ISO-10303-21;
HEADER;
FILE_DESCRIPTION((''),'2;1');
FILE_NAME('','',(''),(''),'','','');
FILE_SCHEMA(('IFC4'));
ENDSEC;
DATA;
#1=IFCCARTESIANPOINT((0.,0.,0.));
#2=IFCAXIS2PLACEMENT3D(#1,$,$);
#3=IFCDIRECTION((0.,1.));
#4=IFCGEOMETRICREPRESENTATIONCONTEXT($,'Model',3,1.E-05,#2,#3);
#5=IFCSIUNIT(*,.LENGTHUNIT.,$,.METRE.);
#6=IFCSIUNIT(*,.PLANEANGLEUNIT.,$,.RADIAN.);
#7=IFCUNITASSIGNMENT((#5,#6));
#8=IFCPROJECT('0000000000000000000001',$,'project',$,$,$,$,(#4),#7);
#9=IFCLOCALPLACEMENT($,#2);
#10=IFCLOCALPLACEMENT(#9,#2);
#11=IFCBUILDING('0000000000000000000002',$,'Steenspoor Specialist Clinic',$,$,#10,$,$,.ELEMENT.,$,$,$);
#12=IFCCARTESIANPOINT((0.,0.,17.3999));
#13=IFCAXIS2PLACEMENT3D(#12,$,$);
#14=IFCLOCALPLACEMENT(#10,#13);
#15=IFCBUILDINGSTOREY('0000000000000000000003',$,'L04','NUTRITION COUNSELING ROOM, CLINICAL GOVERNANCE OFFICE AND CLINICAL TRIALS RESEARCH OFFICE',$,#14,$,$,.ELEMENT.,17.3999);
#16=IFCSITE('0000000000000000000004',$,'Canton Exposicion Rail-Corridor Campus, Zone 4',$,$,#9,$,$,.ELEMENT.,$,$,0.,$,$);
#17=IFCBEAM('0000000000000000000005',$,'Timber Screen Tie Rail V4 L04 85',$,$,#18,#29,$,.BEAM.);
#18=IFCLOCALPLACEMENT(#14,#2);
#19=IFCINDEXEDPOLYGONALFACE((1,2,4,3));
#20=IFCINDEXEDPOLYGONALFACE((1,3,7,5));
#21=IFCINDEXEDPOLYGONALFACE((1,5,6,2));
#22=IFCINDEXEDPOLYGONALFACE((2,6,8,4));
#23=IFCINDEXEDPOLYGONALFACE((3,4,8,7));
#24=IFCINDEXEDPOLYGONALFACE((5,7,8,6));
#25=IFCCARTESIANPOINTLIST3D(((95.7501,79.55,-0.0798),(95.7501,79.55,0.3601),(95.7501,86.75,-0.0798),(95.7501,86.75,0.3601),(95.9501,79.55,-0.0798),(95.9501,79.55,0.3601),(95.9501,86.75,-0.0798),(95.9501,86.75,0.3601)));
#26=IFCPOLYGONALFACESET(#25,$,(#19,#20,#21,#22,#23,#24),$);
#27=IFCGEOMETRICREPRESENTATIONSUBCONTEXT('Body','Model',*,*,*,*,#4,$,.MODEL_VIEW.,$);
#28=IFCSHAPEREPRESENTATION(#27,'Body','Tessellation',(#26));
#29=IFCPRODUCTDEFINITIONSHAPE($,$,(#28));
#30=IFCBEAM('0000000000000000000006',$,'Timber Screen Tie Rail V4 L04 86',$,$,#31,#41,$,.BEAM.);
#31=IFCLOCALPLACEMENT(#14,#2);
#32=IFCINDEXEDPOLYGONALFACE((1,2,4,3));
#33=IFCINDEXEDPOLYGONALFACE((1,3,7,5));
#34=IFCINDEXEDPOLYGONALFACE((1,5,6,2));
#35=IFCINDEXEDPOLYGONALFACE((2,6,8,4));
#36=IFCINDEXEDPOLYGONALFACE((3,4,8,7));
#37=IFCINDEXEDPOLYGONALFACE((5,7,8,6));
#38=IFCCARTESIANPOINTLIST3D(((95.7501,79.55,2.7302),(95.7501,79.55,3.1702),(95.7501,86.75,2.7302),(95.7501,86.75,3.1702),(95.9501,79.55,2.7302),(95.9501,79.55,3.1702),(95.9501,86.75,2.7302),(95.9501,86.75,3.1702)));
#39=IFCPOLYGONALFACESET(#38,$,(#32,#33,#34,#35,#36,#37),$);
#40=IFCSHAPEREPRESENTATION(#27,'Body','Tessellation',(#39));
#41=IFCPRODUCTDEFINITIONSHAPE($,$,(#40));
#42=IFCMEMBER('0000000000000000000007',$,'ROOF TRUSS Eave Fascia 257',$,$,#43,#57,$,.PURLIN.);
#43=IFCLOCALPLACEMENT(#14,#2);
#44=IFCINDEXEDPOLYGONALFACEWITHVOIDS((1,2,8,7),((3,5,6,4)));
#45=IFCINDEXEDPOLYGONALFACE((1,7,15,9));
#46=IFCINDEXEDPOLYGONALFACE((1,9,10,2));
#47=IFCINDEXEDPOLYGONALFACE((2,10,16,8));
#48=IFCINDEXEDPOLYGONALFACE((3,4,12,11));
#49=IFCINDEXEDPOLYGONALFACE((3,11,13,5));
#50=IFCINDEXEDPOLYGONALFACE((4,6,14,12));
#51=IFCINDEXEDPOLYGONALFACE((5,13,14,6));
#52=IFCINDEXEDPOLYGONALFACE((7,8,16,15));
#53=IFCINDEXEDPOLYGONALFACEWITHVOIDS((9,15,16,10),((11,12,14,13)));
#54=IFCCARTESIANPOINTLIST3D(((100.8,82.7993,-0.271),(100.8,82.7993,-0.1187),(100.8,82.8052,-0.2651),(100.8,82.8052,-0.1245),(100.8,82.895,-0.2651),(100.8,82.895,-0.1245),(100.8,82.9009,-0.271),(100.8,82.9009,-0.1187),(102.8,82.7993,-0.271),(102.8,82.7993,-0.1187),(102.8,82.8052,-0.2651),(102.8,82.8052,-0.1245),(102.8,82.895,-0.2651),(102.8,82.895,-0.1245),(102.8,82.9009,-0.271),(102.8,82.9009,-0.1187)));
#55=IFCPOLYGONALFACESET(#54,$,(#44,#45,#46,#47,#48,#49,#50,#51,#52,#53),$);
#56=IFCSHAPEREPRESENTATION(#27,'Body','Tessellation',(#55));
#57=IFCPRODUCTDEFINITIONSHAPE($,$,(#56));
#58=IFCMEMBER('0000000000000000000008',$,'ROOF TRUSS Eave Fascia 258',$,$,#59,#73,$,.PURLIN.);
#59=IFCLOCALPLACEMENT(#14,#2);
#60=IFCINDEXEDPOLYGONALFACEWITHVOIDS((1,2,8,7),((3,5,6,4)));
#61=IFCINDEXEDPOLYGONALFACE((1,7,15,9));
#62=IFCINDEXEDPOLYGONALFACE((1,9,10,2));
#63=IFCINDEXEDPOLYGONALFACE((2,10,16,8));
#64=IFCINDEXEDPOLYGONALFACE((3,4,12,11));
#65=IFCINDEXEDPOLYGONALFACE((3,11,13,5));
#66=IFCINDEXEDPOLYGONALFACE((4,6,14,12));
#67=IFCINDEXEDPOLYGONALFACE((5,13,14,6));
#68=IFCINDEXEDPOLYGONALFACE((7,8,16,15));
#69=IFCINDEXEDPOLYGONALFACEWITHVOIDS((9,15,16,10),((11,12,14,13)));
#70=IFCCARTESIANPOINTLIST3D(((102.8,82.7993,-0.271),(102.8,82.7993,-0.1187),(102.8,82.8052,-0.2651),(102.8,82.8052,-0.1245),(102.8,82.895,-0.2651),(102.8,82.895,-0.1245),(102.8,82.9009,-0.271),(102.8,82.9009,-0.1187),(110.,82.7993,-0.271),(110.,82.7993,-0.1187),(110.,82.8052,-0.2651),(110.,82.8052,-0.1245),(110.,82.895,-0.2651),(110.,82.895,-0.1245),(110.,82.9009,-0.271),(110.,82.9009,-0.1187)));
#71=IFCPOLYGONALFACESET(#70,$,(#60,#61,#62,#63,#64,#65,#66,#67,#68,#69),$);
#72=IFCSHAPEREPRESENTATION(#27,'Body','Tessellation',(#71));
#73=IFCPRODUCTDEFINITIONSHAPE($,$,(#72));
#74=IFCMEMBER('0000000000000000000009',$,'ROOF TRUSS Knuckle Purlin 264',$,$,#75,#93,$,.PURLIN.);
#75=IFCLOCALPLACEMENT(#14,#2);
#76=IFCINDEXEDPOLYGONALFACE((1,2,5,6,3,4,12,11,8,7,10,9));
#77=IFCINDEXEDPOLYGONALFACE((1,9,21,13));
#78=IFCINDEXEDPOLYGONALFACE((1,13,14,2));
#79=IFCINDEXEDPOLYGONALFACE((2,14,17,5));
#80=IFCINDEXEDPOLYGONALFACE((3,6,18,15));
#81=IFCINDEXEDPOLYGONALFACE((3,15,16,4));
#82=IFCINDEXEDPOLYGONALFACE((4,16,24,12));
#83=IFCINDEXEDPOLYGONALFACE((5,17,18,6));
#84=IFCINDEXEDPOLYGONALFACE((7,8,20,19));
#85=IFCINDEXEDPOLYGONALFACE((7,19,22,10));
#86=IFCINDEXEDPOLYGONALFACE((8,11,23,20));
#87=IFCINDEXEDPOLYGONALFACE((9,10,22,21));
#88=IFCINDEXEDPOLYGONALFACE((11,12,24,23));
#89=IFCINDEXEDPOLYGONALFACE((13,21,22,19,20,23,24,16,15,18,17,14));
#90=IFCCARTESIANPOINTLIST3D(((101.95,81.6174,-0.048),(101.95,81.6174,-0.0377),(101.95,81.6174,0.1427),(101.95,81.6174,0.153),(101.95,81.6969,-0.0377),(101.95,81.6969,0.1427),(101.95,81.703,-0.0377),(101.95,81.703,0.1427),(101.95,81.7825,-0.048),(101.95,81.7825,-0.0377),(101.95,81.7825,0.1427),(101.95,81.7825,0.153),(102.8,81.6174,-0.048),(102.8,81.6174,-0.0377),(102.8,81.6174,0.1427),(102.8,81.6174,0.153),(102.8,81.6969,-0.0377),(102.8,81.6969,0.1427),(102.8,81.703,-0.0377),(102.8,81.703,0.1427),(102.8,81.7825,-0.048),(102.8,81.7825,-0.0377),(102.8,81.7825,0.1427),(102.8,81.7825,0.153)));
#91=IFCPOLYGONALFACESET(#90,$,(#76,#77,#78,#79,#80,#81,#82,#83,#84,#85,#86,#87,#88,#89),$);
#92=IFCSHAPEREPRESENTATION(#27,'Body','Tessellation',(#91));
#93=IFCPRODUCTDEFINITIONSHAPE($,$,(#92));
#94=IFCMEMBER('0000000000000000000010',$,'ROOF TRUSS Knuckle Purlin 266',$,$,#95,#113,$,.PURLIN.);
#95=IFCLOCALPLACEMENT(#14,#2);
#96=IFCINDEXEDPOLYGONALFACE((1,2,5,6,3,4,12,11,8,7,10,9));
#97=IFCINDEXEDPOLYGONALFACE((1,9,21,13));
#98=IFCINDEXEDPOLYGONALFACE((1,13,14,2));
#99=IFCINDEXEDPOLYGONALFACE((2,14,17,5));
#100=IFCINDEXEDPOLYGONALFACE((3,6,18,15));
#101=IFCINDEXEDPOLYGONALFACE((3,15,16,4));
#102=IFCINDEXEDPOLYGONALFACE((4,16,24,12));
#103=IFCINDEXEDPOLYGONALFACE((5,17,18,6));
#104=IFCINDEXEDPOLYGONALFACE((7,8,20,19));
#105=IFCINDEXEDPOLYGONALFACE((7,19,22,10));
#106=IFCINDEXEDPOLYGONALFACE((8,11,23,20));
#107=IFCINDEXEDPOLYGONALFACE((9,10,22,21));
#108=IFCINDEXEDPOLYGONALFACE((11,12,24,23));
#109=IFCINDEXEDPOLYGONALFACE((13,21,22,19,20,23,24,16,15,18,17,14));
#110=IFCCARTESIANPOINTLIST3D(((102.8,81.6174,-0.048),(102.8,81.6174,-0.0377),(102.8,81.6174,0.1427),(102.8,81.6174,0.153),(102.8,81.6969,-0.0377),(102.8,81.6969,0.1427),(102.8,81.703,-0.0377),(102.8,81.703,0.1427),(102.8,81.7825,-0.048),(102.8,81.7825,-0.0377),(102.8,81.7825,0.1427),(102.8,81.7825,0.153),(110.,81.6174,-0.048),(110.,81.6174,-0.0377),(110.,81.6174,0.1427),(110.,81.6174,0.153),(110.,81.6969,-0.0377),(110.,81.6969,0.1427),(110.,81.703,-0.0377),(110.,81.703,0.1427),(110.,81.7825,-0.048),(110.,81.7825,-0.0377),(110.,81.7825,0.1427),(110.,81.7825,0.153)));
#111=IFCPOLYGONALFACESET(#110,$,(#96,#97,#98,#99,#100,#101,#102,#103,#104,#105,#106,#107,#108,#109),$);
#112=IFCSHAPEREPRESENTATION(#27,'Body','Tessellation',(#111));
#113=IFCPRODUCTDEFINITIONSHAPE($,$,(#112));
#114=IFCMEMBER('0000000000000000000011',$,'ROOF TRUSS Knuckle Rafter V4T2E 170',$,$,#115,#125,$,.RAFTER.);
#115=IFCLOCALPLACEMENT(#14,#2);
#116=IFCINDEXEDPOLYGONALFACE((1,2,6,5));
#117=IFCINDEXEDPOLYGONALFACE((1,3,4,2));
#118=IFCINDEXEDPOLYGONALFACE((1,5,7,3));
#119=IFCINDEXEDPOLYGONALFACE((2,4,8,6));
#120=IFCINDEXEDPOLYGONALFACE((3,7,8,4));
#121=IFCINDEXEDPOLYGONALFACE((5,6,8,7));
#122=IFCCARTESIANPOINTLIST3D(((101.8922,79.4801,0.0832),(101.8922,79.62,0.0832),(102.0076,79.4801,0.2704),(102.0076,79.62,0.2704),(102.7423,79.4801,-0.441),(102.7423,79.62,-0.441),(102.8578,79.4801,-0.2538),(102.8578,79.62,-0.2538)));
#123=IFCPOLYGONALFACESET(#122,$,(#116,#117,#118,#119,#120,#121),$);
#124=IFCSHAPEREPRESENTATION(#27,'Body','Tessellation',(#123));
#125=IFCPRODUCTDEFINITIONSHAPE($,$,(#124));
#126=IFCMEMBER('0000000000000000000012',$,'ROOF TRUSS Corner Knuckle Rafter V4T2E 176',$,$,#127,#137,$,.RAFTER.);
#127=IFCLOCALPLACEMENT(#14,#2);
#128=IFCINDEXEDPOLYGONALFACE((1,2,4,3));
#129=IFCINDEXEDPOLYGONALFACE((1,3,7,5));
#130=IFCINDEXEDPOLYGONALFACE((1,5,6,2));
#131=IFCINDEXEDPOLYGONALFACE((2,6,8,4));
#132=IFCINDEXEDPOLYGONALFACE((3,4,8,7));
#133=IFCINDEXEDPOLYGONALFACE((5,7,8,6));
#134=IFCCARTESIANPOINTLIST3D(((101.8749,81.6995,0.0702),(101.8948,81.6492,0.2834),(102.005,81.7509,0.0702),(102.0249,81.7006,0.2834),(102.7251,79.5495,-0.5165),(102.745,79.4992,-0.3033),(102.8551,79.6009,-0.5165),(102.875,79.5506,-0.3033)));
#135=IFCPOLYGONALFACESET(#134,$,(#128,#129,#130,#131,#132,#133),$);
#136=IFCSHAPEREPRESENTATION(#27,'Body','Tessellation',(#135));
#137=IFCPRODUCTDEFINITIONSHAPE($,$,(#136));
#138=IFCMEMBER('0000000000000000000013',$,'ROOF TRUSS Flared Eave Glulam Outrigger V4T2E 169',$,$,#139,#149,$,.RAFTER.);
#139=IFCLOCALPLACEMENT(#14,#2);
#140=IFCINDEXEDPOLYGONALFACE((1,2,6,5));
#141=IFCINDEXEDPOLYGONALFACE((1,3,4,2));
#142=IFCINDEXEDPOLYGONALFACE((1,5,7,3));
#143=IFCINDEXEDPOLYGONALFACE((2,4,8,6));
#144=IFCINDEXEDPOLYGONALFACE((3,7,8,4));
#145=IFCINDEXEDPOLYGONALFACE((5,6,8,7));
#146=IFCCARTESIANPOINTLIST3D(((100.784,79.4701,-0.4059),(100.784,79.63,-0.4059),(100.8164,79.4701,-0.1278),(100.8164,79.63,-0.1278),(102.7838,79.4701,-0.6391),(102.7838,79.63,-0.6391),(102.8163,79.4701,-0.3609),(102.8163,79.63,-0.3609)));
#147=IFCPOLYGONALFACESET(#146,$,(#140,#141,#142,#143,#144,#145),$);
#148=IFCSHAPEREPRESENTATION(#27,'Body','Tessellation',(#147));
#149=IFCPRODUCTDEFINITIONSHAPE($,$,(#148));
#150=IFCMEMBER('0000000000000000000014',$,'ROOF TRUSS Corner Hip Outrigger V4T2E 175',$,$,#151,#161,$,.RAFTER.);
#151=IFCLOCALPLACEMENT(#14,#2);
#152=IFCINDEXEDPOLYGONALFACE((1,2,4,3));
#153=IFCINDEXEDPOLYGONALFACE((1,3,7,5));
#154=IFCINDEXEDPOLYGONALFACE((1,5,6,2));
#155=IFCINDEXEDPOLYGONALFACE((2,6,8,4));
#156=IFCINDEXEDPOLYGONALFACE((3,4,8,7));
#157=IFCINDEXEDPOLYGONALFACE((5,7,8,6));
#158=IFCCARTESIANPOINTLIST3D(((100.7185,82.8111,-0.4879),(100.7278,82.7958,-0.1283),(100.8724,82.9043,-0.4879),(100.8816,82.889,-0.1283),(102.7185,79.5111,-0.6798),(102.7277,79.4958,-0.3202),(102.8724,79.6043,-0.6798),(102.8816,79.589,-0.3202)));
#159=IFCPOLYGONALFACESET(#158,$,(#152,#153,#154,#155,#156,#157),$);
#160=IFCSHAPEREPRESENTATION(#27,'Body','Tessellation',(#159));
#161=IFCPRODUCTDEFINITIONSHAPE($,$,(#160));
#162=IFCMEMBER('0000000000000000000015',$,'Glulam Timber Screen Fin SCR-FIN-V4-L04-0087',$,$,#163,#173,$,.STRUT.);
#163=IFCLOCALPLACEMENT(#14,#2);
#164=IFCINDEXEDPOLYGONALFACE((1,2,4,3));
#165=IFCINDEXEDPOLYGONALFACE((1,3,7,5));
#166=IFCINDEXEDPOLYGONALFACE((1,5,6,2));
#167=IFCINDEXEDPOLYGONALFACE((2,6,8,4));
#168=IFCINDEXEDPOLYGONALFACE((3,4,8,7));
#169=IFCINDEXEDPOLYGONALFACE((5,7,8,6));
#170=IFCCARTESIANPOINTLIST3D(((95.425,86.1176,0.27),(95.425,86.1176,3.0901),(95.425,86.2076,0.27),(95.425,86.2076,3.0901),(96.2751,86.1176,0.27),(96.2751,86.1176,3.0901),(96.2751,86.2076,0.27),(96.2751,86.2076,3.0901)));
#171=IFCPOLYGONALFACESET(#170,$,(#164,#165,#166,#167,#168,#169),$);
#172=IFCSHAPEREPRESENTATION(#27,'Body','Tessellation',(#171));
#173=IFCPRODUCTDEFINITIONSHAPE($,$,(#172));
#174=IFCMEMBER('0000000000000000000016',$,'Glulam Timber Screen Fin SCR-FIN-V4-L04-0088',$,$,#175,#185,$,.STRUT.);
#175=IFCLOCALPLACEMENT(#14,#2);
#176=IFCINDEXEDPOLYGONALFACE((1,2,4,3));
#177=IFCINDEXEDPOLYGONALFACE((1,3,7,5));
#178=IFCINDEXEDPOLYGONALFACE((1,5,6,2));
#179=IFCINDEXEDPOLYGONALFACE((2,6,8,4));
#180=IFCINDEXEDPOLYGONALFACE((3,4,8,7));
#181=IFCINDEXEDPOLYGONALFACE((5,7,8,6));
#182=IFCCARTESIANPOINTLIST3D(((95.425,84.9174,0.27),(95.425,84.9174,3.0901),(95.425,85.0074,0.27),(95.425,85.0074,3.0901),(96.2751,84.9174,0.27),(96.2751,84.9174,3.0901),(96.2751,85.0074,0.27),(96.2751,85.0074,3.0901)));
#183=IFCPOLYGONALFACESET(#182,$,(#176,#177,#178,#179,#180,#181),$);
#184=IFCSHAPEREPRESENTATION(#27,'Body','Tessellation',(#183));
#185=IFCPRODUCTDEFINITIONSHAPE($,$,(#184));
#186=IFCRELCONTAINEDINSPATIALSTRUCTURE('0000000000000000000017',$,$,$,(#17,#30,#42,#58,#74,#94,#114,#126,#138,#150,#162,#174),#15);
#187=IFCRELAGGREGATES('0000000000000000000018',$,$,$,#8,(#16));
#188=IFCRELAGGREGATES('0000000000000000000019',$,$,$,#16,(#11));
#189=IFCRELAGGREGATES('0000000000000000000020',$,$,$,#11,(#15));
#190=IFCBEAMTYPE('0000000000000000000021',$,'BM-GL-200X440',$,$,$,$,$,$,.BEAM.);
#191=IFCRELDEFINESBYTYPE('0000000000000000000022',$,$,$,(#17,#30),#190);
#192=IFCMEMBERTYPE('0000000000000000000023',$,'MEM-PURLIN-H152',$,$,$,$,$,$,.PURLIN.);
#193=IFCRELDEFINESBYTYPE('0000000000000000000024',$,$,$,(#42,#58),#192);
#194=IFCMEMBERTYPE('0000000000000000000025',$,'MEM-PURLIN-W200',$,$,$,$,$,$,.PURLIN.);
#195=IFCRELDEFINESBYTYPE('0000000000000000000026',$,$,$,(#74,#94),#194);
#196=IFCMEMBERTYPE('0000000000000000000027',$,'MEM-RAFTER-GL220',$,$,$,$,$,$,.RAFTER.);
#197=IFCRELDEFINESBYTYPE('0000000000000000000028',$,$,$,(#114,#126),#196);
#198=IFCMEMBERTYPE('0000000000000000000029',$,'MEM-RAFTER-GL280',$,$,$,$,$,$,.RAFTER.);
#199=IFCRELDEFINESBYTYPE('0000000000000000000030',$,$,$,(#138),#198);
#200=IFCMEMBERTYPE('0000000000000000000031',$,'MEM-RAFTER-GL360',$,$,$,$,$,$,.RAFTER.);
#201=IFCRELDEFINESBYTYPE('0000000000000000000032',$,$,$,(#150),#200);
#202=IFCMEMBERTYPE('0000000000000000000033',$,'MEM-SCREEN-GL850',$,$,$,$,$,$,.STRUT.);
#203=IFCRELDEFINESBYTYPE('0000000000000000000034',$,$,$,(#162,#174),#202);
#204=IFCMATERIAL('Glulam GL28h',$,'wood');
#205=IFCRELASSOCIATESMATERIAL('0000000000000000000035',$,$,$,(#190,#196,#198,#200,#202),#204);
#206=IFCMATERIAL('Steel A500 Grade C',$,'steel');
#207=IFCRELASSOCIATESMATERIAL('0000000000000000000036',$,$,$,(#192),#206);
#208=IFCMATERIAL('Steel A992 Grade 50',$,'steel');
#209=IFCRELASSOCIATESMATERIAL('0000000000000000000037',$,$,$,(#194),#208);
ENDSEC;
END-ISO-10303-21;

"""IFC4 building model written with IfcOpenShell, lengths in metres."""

from ifc_helpers import new_model, si_unit, direction, frame, origin, origin_2d, place, context, subcontext, project, spatial, rectangle, hollow_rectangle, i_section, extrude, material, material_profile, profile_set, type_object, element, save


model = new_model("IFC4")

# Units and contexts
model_context = context("Model", 3, precision=1e-05, world=origin(), true_north=direction((0.0, 1.0)))
body_context = subcontext(model_context, "Body", "Model", "MODEL_VIEW")
ifc_project = project(units=[si_unit("LENGTHUNIT", "METRE"), si_unit("PLANEANGLEUNIT", "RADIAN")], contexts=[model_context])

# Site, building, storey
site_placement = place(None, origin())
site = spatial("IfcSite", under=ifc_project, at=site_placement, Name="Canton Exposicion Rail-Corridor Campus, Zone 4", CompositionType="ELEMENT", RefElevation=0.0)
building_placement = place(site_placement, origin())
building = spatial("IfcBuilding", under=site, at=building_placement, Name="Steenspoor Specialist Clinic", CompositionType="ELEMENT")
storey_placement = place(building_placement, frame((0.0, 0.0, 17.3999)))
storey = spatial("IfcBuildingStorey", under=building, at=storey_placement, Name="L04", Description="NUTRITION COUNSELING ROOM, CLINICAL GOVERNANCE OFFICE AND CLINICAL TRIALS RESEARCH OFFICE", CompositionType="ELEMENT", Elevation=17.3999)

# Beams
ifc_material_1 = material(Name="Glulam GL28h", Category="wood")
ifc_material_profile_1 = material_profile(ifc_material_1, rectangle(XDim=0.2, YDim=0.4399, at=origin_2d()), Name="GL28H-200X440")
ifc_profile_set_1 = profile_set([ifc_material_profile_1], Name="Glulam GL28h")
beam_type = type_object("IfcBeamType", Name="BM-GL-200X440", PredefinedType="BEAM", material=ifc_profile_set_1)
for number, where, z_axis, x_axis, name in (
    (1, (95.8501, 86.75, 0.1401), (0.0, -1.0, 0.0), (1.0, 0.0, 0.0), "Timber Screen Tie Rail V4 L04 85"),
    (2, (95.8501, 86.75, 2.9502), (0.0, -1.0, 0.0), (1.0, 0.0, 0.0), "Timber Screen Tie Rail V4 L04 86"),
):
    element("IfcBeam", number, at=place(storey_placement, frame(where, z_axis=z_axis, x_axis=x_axis)), inside=storey, type_object=beam_type, Name=name, PredefinedType="BEAM", context=body_context, shape_type="SweptSolid", body=[
        extrude(rectangle(XDim=0.2, YDim=0.4399, at=origin_2d()), origin(), (0.0, 0.0, 1.0), 7.2),
    ])

# Members
ifc_material_2 = material(Name="Steel A500 Grade C", Category="steel")
ifc_material_profile_2 = material_profile(ifc_material_2, hollow_rectangle(XDim=0.1016, YDim=0.1523, WallThickness=0.0059, at=origin_2d()), Name="HSS152X102X6.4")
ifc_profile_set_2 = profile_set([ifc_material_profile_2], Name="Steel A500 Grade C")
member_type_1 = type_object("IfcMemberType", Name="MEM-PURLIN-H152", PredefinedType="PURLIN", material=ifc_profile_set_2)
member_1_placement = place(storey_placement, frame((100.8, 82.8501, -0.1948), z_axis=(1.0, 0.0, 0.0), x_axis=(0.0, 1.0, 0.0)))
element("IfcMember", 3, at=member_1_placement, inside=storey, type_object=member_type_1, Name="ROOF TRUSS Eave Fascia 257", PredefinedType="PURLIN", context=body_context, shape_type="SweptSolid", body=[
    extrude(hollow_rectangle(XDim=0.1016, YDim=0.1523, WallThickness=0.0059, at=origin_2d()), origin(), (0.0, 0.0, 1.0), 2.0),
])
member_2_placement = place(storey_placement, frame((102.8, 82.8501, -0.1948), z_axis=(1.0, 0.0, 0.0), x_axis=(0.0, 1.0, 0.0)))
element("IfcMember", 4, at=member_2_placement, inside=storey, type_object=member_type_1, Name="ROOF TRUSS Eave Fascia 258", PredefinedType="PURLIN", context=body_context, shape_type="SweptSolid", body=[
    extrude(hollow_rectangle(XDim=0.1016, YDim=0.1523, WallThickness=0.0059, at=origin_2d()), origin(), (0.0, 0.0, 1.0), 7.2),
])
ifc_material_3 = material(Name="Steel A992 Grade 50", Category="steel")
ifc_material_profile_3 = material_profile(ifc_material_3, i_section(OverallWidth=0.165, OverallDepth=0.2009, WebThickness=0.0061, FlangeThickness=0.0103, at=origin_2d()), Name="W200X36")
ifc_profile_set_3 = profile_set([ifc_material_profile_3], Name="Steel A992 Grade 50")
member_type_2 = type_object("IfcMemberType", Name="MEM-PURLIN-W200", PredefinedType="PURLIN", material=ifc_profile_set_3)
member_3_placement = place(storey_placement, frame((101.95, 81.7, 0.0525), z_axis=(1.0, 0.0, 0.0), x_axis=(0.0, 1.0, 0.0)))
element("IfcMember", 5, at=member_3_placement, inside=storey, type_object=member_type_2, Name="ROOF TRUSS Knuckle Purlin 264", PredefinedType="PURLIN", context=body_context, shape_type="SweptSolid", body=[
    extrude(i_section(OverallWidth=0.165, OverallDepth=0.2009, WebThickness=0.0061, FlangeThickness=0.0103, at=origin_2d()), origin(), (0.0, 0.0, 1.0), 0.8501),
])
member_4_placement = place(storey_placement, frame((102.8, 81.7, 0.0525), z_axis=(1.0, 0.0, 0.0), x_axis=(0.0, 1.0, 0.0)))
element("IfcMember", 6, at=member_4_placement, inside=storey, type_object=member_type_2, Name="ROOF TRUSS Knuckle Purlin 266", PredefinedType="PURLIN", context=body_context, shape_type="SweptSolid", body=[
    extrude(i_section(OverallWidth=0.165, OverallDepth=0.2009, WebThickness=0.0061, FlangeThickness=0.0103, at=origin_2d()), origin(), (0.0, 0.0, 1.0), 7.2),
])
ifc_material_profile_4 = material_profile(ifc_material_1, rectangle(XDim=0.1399, YDim=0.22, at=origin_2d()), Name="GL28H-140X220")
ifc_profile_set_4 = profile_set([ifc_material_profile_4], Name="Glulam GL28h")
member_type_3 = type_object("IfcMemberType", Name="MEM-RAFTER-GL220", PredefinedType="RAFTER", material=ifc_profile_set_4)
member_5_placement = place(storey_placement, frame((102.8, 79.55, -0.3474), z_axis=(-0.851196, 0.0, 0.524847), x_axis=(0.0, -1.0, 0.0)))
element("IfcMember", 7, at=member_5_placement, inside=storey, type_object=member_type_3, Name="ROOF TRUSS Knuckle Rafter V4T2E 170", PredefinedType="RAFTER", context=body_context, shape_type="SweptSolid", body=[
    extrude(rectangle(XDim=0.1399, YDim=0.22, at=origin_2d()), origin(), (0.0, 0.0, 1.0), 0.9988),
])
member_6_placement = place(storey_placement, frame((102.8, 79.55, -0.4099), z_axis=(-0.356413, 0.901371, 0.245968), x_axis=(-0.929941, -0.36771, 0.0)))
element("IfcMember", 8, at=member_6_placement, inside=storey, type_object=member_type_3, Name="ROOF TRUSS Corner Knuckle Rafter V4T2E 176", PredefinedType="RAFTER", context=body_context, shape_type="SweptSolid", body=[
    extrude(rectangle(XDim=0.1399, YDim=0.22, at=origin_2d()), origin(), (0.0, 0.0, 1.0), 2.3853),
])
ifc_material_profile_5 = material_profile(ifc_material_1, rectangle(XDim=0.1599, YDim=0.28, at=origin_2d()), Name="GL28H-160X280")
ifc_profile_set_5 = profile_set([ifc_material_profile_5], Name="Glulam GL28h")
member_type_4 = type_object("IfcMemberType", Name="MEM-RAFTER-GL280", PredefinedType="RAFTER", material=ifc_profile_set_5)
member_7_placement = place(storey_placement, frame((102.8, 79.55, -0.5), z_axis=(-0.993273, 0.0, 0.115793), x_axis=(0.0, -1.0, 0.0)))
element("IfcMember", 9, at=member_7_placement, inside=storey, type_object=member_type_4, Name="ROOF TRUSS Flared Eave Glulam Outrigger V4T2E 169", PredefinedType="RAFTER", context=body_context, shape_type="SweptSolid", body=[
    extrude(rectangle(XDim=0.1599, YDim=0.28, at=origin_2d()), origin(), (0.0, 0.0, 1.0), 2.0134),
])
ifc_material_profile_6 = material_profile(ifc_material_1, rectangle(XDim=0.1799, YDim=0.3601, at=origin_2d()), Name="GL28H-180X360")
ifc_profile_set_6 = profile_set([ifc_material_profile_6], Name="Glulam GL28h")
member_type_5 = type_object("IfcMemberType", Name="MEM-RAFTER-GL360", PredefinedType="RAFTER", material=ifc_profile_set_6)
member_8_placement = place(storey_placement, frame((102.8, 79.55, -0.5), z_axis=(-0.517656, 0.854146, 0.049668), x_axis=(-0.855201, -0.518296, 0.0)))
element("IfcMember", 10, at=member_8_placement, inside=storey, type_object=member_type_5, Name="ROOF TRUSS Corner Hip Outrigger V4T2E 175", PredefinedType="RAFTER", context=body_context, shape_type="SweptSolid", body=[
    extrude(rectangle(XDim=0.1799, YDim=0.3601, at=origin_2d()), origin(), (0.0, 0.0, 1.0), 3.8635),
])
ifc_material_profile_7 = material_profile(ifc_material_1, rectangle(XDim=0.0901, YDim=0.8501, at=origin_2d()), Name="GL28H-90X850")
ifc_profile_set_7 = profile_set([ifc_material_profile_7], Name="Glulam GL28h")
member_type_6 = type_object("IfcMemberType", Name="MEM-SCREEN-GL850", PredefinedType="STRUT", material=ifc_profile_set_7)
for number, where, z_axis, x_axis, name in (
    (11, (95.8501, 86.1626, 0.27), (0.0, 0.0, 1.0), (0.0, -1.0, 0.0), "Glulam Timber Screen Fin SCR-FIN-V4-L04-0087"),
    (12, (95.8501, 84.9624, 0.27), (0.0, 0.0, 1.0), (0.0, -1.0, 0.0), "Glulam Timber Screen Fin SCR-FIN-V4-L04-0088"),
):
    element("IfcMember", number, at=place(storey_placement, frame(where, z_axis=z_axis, x_axis=x_axis)), inside=storey, type_object=member_type_6, Name=name, PredefinedType="STRUT", context=body_context, shape_type="SweptSolid", body=[
        extrude(rectangle(XDim=0.0901, YDim=0.8501, at=origin_2d()), origin(), (0.0, 0.0, 1.0), 2.8201),
    ])

save(model, "model.ifc")
